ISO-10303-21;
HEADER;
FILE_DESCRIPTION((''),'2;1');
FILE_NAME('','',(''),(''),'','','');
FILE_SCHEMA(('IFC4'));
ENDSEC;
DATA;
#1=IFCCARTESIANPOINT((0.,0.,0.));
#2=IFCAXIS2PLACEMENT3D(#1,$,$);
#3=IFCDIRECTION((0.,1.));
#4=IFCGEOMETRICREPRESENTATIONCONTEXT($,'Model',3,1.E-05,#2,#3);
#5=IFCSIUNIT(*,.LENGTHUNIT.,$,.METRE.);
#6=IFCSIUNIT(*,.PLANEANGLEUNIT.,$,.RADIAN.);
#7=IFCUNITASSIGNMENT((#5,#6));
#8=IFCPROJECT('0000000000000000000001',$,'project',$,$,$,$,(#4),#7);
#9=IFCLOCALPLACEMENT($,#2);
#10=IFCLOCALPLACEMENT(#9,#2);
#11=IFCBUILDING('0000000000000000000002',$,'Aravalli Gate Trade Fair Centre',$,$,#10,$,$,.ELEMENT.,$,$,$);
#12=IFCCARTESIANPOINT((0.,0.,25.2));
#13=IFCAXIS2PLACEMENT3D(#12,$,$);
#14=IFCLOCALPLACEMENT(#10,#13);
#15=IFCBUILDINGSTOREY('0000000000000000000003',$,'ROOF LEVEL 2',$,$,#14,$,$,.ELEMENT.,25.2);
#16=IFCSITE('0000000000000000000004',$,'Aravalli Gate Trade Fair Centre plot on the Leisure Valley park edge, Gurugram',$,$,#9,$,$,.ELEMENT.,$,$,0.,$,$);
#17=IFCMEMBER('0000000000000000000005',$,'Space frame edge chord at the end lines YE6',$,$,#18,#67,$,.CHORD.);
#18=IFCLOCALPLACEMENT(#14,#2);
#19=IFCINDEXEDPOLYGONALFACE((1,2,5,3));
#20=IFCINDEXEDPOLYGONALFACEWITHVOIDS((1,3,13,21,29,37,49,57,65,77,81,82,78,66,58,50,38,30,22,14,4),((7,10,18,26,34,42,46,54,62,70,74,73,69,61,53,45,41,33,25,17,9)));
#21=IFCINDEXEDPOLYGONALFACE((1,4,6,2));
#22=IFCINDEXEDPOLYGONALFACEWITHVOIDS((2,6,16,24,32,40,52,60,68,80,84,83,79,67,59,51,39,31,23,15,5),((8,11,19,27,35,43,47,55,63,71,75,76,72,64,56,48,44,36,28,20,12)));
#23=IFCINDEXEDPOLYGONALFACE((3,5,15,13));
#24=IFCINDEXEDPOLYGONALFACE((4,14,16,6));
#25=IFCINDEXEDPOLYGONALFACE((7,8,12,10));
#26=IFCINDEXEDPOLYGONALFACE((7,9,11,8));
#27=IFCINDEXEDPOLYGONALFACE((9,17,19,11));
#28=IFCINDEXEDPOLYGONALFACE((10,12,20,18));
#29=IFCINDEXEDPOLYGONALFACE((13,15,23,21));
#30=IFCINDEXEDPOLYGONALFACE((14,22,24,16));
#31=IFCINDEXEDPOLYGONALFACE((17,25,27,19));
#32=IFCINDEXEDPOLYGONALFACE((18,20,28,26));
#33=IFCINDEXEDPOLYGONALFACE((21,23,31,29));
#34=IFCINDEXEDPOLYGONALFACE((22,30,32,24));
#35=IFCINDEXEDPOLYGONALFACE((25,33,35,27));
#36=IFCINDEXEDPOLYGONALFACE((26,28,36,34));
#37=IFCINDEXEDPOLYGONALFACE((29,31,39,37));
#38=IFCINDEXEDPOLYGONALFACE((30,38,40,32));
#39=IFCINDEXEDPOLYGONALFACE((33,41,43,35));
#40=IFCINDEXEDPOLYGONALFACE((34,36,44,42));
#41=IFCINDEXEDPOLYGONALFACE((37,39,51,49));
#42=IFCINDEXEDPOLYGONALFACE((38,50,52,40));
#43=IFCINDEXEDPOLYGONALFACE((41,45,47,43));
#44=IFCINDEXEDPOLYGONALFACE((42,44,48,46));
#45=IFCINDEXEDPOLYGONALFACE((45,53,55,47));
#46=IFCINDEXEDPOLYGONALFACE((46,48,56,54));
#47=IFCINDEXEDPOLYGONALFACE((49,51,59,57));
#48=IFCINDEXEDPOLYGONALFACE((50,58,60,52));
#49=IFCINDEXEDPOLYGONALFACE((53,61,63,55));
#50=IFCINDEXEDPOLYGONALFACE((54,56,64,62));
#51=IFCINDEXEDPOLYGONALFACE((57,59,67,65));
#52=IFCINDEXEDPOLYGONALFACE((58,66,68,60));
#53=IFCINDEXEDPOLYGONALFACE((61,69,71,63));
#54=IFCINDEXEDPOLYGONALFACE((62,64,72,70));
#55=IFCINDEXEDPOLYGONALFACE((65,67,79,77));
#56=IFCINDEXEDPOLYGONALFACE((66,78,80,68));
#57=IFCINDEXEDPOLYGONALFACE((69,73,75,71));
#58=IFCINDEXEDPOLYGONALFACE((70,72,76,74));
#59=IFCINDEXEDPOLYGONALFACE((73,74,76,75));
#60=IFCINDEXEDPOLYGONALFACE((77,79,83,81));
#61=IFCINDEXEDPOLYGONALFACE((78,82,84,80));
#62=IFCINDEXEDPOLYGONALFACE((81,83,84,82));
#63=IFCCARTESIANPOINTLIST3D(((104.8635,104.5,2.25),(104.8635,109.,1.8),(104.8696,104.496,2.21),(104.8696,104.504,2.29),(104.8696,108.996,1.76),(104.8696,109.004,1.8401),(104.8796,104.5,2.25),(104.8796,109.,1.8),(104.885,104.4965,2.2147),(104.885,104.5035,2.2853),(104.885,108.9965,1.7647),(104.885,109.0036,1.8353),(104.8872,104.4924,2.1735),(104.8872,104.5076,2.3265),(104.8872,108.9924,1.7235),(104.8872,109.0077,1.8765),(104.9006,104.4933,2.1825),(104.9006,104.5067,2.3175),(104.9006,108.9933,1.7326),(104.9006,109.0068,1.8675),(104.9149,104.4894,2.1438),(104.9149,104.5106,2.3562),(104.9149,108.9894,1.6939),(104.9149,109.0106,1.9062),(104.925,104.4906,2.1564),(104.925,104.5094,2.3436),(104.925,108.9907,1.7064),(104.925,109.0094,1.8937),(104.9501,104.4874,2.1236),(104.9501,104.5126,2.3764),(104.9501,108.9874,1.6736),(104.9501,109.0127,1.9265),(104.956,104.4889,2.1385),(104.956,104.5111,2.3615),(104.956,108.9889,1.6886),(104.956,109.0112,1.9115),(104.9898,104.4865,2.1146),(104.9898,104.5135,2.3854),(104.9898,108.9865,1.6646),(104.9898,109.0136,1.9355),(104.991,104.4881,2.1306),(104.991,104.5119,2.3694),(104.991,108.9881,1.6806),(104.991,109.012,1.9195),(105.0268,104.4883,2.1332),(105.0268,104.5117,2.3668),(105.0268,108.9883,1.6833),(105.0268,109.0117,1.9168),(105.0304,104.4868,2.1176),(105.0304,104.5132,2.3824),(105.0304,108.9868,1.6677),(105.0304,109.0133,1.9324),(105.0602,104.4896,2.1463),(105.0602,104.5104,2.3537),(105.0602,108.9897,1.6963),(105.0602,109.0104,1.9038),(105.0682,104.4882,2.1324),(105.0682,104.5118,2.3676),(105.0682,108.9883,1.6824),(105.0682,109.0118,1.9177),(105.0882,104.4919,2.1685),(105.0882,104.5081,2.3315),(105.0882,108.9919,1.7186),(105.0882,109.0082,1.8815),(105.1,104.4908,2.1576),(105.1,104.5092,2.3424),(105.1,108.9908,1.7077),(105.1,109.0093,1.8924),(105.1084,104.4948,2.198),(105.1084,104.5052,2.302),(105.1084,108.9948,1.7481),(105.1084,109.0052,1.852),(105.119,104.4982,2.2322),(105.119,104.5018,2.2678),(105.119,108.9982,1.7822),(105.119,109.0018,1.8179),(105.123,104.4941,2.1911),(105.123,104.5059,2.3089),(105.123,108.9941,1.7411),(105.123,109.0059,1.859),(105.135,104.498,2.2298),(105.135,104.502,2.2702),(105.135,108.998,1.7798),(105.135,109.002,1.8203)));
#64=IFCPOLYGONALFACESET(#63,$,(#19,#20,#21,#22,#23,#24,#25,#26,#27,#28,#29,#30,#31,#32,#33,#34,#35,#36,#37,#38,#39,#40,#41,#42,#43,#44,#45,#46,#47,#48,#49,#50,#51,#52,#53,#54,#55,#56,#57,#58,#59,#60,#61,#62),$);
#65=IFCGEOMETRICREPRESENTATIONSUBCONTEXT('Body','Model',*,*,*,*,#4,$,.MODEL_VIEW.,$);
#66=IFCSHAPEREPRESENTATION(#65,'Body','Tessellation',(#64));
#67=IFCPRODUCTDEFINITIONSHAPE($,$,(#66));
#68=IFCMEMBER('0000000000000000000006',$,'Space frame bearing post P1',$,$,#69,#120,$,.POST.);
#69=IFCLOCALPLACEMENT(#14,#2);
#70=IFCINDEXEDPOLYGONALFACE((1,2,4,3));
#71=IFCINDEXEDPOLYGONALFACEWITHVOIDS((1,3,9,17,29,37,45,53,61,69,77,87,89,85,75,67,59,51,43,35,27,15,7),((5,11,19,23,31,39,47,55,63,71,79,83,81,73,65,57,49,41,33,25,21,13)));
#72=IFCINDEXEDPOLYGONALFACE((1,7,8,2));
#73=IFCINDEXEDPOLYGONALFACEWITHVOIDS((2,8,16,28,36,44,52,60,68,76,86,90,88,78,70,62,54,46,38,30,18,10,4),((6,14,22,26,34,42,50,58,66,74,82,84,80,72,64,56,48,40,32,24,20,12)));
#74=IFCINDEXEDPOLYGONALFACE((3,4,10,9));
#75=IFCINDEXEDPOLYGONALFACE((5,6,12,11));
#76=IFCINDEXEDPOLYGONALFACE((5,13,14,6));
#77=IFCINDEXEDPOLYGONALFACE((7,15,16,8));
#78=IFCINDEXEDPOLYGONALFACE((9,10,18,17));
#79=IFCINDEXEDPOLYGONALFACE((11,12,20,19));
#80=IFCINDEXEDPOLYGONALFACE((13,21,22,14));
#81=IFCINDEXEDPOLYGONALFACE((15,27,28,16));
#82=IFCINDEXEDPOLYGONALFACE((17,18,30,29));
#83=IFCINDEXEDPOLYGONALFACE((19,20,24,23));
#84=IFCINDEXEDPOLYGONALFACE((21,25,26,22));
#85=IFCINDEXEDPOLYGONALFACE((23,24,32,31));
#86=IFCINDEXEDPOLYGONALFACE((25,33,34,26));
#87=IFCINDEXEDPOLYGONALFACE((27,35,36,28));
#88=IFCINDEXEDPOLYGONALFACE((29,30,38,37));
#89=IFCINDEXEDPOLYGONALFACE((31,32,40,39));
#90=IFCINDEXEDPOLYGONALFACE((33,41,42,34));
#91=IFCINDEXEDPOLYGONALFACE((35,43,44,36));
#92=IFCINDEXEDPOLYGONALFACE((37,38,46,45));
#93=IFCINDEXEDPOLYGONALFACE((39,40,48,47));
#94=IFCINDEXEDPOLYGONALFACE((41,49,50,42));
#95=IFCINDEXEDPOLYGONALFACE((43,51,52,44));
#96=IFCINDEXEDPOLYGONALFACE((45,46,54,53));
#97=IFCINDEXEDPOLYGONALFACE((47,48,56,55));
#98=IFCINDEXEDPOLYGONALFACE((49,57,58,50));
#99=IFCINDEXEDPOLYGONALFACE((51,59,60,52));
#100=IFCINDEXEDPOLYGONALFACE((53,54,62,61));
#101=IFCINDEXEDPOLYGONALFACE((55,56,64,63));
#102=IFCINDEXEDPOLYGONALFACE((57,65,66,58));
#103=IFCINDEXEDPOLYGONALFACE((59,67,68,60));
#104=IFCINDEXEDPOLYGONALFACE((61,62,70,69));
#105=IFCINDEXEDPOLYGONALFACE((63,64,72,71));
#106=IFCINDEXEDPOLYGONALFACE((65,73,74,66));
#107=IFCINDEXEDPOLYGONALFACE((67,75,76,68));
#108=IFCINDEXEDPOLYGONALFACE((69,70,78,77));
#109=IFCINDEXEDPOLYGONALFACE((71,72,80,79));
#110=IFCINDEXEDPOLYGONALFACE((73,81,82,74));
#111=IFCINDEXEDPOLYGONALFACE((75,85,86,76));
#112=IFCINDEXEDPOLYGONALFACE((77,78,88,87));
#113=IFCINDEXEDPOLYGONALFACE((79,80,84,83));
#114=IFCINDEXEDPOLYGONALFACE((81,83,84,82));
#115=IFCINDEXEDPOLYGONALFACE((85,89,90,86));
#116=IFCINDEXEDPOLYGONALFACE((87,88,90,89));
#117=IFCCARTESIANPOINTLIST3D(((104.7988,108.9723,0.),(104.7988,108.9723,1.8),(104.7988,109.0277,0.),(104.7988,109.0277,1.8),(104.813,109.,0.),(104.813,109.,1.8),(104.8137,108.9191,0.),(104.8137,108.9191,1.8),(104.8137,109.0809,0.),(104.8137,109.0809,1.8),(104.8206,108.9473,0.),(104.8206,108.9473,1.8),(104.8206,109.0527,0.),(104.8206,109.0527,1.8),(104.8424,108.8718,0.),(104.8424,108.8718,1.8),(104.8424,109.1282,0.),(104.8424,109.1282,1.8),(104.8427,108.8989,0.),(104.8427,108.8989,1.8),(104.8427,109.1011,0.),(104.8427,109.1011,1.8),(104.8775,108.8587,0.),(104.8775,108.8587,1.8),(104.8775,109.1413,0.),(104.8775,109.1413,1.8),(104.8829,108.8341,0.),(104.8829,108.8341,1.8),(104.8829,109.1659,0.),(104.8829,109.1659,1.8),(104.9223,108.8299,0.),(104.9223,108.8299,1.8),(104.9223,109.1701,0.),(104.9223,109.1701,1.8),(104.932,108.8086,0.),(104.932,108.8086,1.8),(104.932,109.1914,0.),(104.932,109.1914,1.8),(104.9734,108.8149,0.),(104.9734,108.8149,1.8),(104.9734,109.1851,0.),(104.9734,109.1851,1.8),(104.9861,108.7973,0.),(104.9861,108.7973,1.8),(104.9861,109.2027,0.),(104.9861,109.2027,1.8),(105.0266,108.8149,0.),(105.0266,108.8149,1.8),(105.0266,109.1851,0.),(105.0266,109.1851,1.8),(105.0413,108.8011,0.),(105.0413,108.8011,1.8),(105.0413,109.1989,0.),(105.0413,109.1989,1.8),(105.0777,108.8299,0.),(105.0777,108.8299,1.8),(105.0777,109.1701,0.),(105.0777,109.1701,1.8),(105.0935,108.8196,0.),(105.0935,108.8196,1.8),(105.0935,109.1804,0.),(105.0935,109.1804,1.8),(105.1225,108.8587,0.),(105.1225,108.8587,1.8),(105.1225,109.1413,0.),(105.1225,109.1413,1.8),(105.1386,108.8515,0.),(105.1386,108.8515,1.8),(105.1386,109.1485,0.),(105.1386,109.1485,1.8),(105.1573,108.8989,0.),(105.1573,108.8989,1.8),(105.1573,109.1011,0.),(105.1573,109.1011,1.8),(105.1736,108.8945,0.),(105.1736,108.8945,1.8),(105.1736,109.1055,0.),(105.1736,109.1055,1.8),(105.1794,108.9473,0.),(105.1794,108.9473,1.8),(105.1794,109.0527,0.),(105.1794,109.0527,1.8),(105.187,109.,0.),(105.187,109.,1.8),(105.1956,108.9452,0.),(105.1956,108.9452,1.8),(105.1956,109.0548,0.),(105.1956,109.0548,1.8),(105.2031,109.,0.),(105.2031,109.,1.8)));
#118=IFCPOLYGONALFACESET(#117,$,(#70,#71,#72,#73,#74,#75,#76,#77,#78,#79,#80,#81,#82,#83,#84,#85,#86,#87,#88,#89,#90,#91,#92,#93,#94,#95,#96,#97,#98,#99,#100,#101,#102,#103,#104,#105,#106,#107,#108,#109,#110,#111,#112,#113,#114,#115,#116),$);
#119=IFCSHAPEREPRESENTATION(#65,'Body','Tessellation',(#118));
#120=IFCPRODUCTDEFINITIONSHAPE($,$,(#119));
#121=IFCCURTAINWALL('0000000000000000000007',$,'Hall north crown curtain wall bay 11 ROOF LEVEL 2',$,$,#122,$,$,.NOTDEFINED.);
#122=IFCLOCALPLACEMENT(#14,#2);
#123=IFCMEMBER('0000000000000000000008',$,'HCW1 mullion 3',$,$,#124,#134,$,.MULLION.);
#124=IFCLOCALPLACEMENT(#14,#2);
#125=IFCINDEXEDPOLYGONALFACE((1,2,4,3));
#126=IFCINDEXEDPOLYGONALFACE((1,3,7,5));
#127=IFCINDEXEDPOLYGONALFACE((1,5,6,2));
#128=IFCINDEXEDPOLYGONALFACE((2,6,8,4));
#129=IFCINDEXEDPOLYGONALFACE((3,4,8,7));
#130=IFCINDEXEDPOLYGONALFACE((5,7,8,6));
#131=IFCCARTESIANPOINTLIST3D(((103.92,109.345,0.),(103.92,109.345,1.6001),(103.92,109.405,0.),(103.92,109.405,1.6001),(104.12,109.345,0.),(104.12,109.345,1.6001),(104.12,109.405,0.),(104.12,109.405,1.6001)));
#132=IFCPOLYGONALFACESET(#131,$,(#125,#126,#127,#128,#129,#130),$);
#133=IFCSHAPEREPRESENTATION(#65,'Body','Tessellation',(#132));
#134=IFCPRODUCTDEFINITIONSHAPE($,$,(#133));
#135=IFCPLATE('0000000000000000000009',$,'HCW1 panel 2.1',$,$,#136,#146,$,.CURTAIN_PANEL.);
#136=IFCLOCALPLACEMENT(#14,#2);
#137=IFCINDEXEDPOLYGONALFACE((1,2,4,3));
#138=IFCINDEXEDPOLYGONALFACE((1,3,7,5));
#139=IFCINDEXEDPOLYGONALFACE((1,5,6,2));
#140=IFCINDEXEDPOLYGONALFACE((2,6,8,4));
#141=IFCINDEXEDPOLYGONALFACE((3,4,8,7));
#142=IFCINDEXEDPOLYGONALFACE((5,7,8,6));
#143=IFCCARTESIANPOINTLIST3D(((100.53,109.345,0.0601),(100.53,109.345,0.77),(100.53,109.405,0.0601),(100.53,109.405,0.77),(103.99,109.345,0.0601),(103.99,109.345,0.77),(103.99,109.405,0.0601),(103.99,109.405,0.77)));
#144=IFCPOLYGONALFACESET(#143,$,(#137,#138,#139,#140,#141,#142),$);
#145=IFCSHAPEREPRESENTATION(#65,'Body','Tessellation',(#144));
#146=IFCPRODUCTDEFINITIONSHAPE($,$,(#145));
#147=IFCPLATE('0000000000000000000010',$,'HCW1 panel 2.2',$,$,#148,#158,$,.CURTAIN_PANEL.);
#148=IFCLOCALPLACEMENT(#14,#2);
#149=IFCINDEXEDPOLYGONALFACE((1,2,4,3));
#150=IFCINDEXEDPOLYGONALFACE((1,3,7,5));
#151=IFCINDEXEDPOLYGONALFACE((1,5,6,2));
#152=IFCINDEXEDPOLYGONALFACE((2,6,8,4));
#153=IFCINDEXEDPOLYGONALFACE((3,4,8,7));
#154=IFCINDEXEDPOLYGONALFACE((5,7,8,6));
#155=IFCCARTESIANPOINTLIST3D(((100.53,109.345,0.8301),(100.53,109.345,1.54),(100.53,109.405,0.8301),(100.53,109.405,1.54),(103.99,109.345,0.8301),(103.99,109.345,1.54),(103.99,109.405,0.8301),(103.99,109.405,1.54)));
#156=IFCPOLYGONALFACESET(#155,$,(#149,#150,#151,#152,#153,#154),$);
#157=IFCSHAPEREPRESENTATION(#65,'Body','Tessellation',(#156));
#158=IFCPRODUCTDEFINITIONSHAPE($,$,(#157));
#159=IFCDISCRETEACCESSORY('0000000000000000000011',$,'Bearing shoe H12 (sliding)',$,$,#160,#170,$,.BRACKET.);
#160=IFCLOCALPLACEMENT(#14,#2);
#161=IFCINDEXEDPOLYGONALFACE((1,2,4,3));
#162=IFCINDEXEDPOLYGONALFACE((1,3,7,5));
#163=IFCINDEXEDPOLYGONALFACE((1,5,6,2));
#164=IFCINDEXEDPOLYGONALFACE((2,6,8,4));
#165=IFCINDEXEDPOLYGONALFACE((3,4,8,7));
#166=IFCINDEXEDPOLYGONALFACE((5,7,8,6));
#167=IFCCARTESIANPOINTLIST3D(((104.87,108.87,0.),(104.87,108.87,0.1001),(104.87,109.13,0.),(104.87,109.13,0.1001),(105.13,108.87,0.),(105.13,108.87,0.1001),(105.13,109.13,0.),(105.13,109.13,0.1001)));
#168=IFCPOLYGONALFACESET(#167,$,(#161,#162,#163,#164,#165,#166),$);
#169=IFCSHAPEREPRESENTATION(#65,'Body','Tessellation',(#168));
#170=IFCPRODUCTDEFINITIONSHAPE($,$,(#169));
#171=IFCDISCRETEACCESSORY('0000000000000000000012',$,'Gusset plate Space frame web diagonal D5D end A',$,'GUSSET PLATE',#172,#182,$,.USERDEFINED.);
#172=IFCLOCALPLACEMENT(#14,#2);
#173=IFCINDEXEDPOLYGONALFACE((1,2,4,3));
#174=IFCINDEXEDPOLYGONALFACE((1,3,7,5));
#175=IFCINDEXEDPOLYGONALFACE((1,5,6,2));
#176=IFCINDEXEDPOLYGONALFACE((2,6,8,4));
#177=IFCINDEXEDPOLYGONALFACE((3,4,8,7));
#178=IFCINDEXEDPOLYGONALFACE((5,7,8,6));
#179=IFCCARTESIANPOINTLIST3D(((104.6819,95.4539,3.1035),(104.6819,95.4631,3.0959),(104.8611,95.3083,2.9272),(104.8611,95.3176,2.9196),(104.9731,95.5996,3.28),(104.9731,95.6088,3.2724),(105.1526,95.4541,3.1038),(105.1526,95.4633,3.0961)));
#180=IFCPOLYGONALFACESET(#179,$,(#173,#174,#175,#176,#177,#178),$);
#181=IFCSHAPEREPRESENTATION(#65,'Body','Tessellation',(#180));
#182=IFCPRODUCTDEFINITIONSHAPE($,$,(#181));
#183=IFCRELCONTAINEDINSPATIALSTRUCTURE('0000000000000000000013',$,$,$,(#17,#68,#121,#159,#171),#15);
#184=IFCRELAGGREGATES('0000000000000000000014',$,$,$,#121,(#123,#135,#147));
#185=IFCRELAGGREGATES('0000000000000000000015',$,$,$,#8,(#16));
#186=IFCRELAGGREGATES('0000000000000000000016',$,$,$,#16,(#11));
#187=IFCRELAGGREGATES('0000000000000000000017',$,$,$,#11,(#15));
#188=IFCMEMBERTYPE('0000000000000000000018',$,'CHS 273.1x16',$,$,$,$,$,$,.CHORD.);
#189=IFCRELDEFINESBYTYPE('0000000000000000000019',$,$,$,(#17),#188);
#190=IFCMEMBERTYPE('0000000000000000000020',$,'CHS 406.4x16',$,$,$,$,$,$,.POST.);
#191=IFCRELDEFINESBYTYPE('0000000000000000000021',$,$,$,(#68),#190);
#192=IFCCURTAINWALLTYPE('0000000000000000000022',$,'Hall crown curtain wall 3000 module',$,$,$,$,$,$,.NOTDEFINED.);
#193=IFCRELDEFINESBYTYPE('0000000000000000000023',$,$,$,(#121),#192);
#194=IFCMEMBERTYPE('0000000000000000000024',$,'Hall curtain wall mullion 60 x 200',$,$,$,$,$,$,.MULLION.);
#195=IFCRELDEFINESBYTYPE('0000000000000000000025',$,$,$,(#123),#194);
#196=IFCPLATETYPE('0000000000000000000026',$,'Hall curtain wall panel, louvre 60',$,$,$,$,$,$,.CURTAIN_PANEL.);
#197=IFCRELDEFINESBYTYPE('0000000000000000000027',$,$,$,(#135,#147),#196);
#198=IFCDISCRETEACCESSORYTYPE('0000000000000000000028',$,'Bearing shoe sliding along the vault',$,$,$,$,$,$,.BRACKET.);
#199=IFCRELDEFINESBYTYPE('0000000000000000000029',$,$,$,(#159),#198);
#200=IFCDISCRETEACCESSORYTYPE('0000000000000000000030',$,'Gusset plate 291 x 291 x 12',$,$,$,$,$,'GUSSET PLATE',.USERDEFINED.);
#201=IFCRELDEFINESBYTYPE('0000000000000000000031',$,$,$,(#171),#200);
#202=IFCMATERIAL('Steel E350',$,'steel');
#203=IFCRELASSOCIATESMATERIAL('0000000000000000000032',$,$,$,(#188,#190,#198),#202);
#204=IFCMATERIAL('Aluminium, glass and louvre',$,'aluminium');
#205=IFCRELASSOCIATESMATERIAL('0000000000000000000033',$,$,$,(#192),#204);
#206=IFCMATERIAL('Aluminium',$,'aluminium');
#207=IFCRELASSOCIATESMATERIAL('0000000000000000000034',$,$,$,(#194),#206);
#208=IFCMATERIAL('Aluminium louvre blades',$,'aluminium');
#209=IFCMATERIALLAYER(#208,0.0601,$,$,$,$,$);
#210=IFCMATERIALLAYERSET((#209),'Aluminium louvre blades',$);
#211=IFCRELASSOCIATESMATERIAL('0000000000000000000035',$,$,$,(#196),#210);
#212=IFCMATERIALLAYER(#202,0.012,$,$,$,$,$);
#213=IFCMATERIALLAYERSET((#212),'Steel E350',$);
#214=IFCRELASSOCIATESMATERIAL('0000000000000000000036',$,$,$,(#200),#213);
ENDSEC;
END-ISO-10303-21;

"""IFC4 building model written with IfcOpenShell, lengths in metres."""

from ifc_helpers import new_model, si_unit, direction, frame, origin, origin_2d, place, context, subcontext, project, spatial, polyline, rectangle, hollow_circle, outline, extrude, material, layer, layer_set, material_profile, profile_set, type_object, element, aggregate, save


model = new_model("IFC4")

# Units and contexts
model_context = context("Model", 3, precision=1e-05, world=origin(), true_north=direction((0.0, 1.0)))
body_context = subcontext(model_context, "Body", "Model", "MODEL_VIEW")
ifc_project = project(units=[si_unit("LENGTHUNIT", "METRE"), si_unit("PLANEANGLEUNIT", "RADIAN")], contexts=[model_context])

# Site, building, storey
site_placement = place(None, origin())
site = spatial("IfcSite", under=ifc_project, at=site_placement, Name="Aravalli Gate Trade Fair Centre plot on the Leisure Valley park edge, Gurugram", CompositionType="ELEMENT", RefElevation=0.0)
building_placement = place(site_placement, origin())
building = spatial("IfcBuilding", under=site, at=building_placement, Name="Aravalli Gate Trade Fair Centre", CompositionType="ELEMENT")
storey_placement = place(building_placement, frame((0.0, 0.0, 25.2)))
storey = spatial("IfcBuildingStorey", under=building, at=storey_placement, Name="ROOF LEVEL 2", CompositionType="ELEMENT", Elevation=25.2)

# Members
ifc_material_1 = material(Name="Steel E350", Category="steel")
ifc_material_profile_1 = material_profile(ifc_material_1, hollow_circle(Radius=0.1365, WallThickness=0.0161, at=origin_2d()), Name="CHS 273.1x16")
ifc_profile_set_1 = profile_set([ifc_material_profile_1], Name="Steel E350")
member_type_1 = type_object("IfcMemberType", Name="CHS 273.1x16", PredefinedType="CHORD", material=ifc_profile_set_1)
for number, where, z_axis, x_axis, name in (
    (1, (105.0, 104.5, 2.25), (0.0, 0.995038, -0.099493), (-1.0, 0.0, 0.0), "Space frame edge chord at the end lines YE6"),
):
    element("IfcMember", number, at=place(storey_placement, frame(where, z_axis=z_axis, x_axis=x_axis)), inside=storey, type_object=member_type_1, Name=name, PredefinedType="CHORD", context=body_context, shape_type="SweptSolid", body=[
        extrude(hollow_circle(Radius=0.1365, WallThickness=0.0161, at=origin_2d()), origin(), (0.0, 0.0, 1.0), 4.5225),
    ])
ifc_material_profile_2 = material_profile(ifc_material_1, hollow_circle(Radius=0.2031, WallThickness=0.0161, at=origin_2d()), Name="CHS 406.4x16")
ifc_profile_set_2 = profile_set([ifc_material_profile_2], Name="Steel E350")
member_type_2 = type_object("IfcMemberType", Name="CHS 406.4x16", PredefinedType="POST", material=ifc_profile_set_2)
member_1_placement = place(storey_placement, frame((105.0, 109.0, 0.0), z_axis=(0.0, 0.0, 1.0), x_axis=(1.0, 0.0, 0.0)))
element("IfcMember", 2, at=member_1_placement, inside=storey, type_object=member_type_2, Name="Space frame bearing post P1", PredefinedType="POST", context=body_context, shape_type="SweptSolid", body=[
    extrude(hollow_circle(Radius=0.2031, WallThickness=0.0161, at=origin_2d()), origin(), (0.0, 0.0, 1.0), 1.8),
])

# Curtain wall, member, plates
ifc_material_2 = material(Name="Aluminium, glass and louvre", Category="aluminium")
curtain_wall_type = type_object("IfcCurtainWallType", Name="Hall crown curtain wall 3000 module", PredefinedType="NOTDEFINED", material=ifc_material_2)
curtain_wall_placement = place(storey_placement, origin())
curtain_wall = element("IfcCurtainWall", 3, at=curtain_wall_placement, inside=storey, type_object=curtain_wall_type, Name="Hall north crown curtain wall bay 11 ROOF LEVEL 2", PredefinedType="NOTDEFINED")
ifc_material_3 = material(Name="Aluminium", Category="aluminium")
ifc_material_profile_3 = material_profile(ifc_material_3, rectangle(XDim=0.0601, YDim=0.2, at=origin_2d()), Name="Hall curtain wall mullion 60 x 200")
ifc_profile_set_3 = profile_set([ifc_material_profile_3], Name="Aluminium")
member_type_3 = type_object("IfcMemberType", Name="Hall curtain wall mullion 60 x 200", PredefinedType="MULLION", material=ifc_profile_set_3)
member_2_placement = place(storey_placement, frame((104.02, 109.375, 0.0), z_axis=(0.0, 0.0, 1.0), x_axis=(0.0, 1.0, 0.0)))
member_2 = element("IfcMember", 4, at=member_2_placement, type_object=member_type_3, Name="HCW1 mullion 3", PredefinedType="MULLION", context=body_context, shape_type="SweptSolid", body=[
    extrude(rectangle(XDim=0.0601, YDim=0.2, at=origin_2d()), origin(), (0.0, 0.0, 1.0), 1.6001),
])
ifc_material_4 = material(Name="Aluminium louvre blades", Category="aluminium")
ifc_layer_1 = layer(ifc_material_4, 0.0601)
ifc_layer_set_1 = layer_set([ifc_layer_1], Name="Aluminium louvre blades")
plate_type = type_object("IfcPlateType", Name="Hall curtain wall panel, louvre 60", PredefinedType="CURTAIN_PANEL", material=ifc_layer_set_1)
plate_1_placement = place(storey_placement, frame((102.26, 109.375, 0.0601), z_axis=(0.0, 0.0, 1.0), x_axis=(1.0, 0.0, 0.0)))
plate_1 = element("IfcPlate", 5, at=plate_1_placement, type_object=plate_type, Name="HCW1 panel 2.1", PredefinedType="CURTAIN_PANEL", context=body_context, shape_type="SweptSolid", body=[
    extrude(rectangle(XDim=3.46, YDim=0.0601, at=origin_2d()), origin(), (0.0, 0.0, 1.0), 0.71),
])
plate_2_placement = place(storey_placement, frame((102.26, 109.375, 0.8301), z_axis=(0.0, 0.0, 1.0), x_axis=(1.0, 0.0, 0.0)))
plate_2 = element("IfcPlate", 6, at=plate_2_placement, type_object=plate_type, Name="HCW1 panel 2.2", PredefinedType="CURTAIN_PANEL", context=body_context, shape_type="SweptSolid", body=[
    extrude(rectangle(XDim=3.46, YDim=0.0601, at=origin_2d()), origin(), (0.0, 0.0, 1.0), 0.71),
])
aggregate(curtain_wall, [member_2, plate_1, plate_2])

# Discrete accessories
discrete_accessory_type_1 = type_object("IfcDiscreteAccessoryType", Name="Bearing shoe sliding along the vault", PredefinedType="BRACKET", material=ifc_material_1)
discrete_accessory_1_placement = place(storey_placement, frame((105.0, 109.0, 0.0), z_axis=(0.0, 0.0, 1.0), x_axis=(1.0, 0.0, 0.0)))
element("IfcDiscreteAccessory", 7, at=discrete_accessory_1_placement, inside=storey, type_object=discrete_accessory_type_1, Name="Bearing shoe H12 (sliding)", PredefinedType="BRACKET", context=body_context, shape_type="SweptSolid", body=[
    extrude(rectangle(XDim=0.26, YDim=0.26, at=origin_2d()), origin(), (0.0, 0.0, 1.0), 0.1001),
])
ifc_layer_2 = layer(ifc_material_1, 0.012)
ifc_layer_set_2 = layer_set([ifc_layer_2], Name="Steel E350")
discrete_accessory_type_2 = type_object("IfcDiscreteAccessoryType", Name="Gusset plate 291 x 291 x 12", ElementType="GUSSET PLATE", PredefinedType="USERDEFINED", material=ifc_layer_set_2)
discrete_accessory_2_placement = place(storey_placement, frame((104.6819, 95.4539, 3.1035), z_axis=(0.00007, -0.771155, 0.636648), x_axis=(0.786233, 0.393446, 0.476485)))
element("IfcDiscreteAccessory", 8, at=discrete_accessory_2_placement, inside=storey, type_object=discrete_accessory_type_2, Name="Gusset plate Space frame web diagonal D5D end A", ObjectType="GUSSET PLATE", PredefinedType="USERDEFINED", context=body_context, shape_type="SweptSolid", body=[
    extrude(outline(polyline([(0.0, 0.0), (0.3704, 0.0), (0.3703, -0.2906), (-0.0003, -0.2904), (0.0, 0.0)])), origin(), (0.0, 0.0, -1.0), 0.012),
])

save(model, "model.ifc")
